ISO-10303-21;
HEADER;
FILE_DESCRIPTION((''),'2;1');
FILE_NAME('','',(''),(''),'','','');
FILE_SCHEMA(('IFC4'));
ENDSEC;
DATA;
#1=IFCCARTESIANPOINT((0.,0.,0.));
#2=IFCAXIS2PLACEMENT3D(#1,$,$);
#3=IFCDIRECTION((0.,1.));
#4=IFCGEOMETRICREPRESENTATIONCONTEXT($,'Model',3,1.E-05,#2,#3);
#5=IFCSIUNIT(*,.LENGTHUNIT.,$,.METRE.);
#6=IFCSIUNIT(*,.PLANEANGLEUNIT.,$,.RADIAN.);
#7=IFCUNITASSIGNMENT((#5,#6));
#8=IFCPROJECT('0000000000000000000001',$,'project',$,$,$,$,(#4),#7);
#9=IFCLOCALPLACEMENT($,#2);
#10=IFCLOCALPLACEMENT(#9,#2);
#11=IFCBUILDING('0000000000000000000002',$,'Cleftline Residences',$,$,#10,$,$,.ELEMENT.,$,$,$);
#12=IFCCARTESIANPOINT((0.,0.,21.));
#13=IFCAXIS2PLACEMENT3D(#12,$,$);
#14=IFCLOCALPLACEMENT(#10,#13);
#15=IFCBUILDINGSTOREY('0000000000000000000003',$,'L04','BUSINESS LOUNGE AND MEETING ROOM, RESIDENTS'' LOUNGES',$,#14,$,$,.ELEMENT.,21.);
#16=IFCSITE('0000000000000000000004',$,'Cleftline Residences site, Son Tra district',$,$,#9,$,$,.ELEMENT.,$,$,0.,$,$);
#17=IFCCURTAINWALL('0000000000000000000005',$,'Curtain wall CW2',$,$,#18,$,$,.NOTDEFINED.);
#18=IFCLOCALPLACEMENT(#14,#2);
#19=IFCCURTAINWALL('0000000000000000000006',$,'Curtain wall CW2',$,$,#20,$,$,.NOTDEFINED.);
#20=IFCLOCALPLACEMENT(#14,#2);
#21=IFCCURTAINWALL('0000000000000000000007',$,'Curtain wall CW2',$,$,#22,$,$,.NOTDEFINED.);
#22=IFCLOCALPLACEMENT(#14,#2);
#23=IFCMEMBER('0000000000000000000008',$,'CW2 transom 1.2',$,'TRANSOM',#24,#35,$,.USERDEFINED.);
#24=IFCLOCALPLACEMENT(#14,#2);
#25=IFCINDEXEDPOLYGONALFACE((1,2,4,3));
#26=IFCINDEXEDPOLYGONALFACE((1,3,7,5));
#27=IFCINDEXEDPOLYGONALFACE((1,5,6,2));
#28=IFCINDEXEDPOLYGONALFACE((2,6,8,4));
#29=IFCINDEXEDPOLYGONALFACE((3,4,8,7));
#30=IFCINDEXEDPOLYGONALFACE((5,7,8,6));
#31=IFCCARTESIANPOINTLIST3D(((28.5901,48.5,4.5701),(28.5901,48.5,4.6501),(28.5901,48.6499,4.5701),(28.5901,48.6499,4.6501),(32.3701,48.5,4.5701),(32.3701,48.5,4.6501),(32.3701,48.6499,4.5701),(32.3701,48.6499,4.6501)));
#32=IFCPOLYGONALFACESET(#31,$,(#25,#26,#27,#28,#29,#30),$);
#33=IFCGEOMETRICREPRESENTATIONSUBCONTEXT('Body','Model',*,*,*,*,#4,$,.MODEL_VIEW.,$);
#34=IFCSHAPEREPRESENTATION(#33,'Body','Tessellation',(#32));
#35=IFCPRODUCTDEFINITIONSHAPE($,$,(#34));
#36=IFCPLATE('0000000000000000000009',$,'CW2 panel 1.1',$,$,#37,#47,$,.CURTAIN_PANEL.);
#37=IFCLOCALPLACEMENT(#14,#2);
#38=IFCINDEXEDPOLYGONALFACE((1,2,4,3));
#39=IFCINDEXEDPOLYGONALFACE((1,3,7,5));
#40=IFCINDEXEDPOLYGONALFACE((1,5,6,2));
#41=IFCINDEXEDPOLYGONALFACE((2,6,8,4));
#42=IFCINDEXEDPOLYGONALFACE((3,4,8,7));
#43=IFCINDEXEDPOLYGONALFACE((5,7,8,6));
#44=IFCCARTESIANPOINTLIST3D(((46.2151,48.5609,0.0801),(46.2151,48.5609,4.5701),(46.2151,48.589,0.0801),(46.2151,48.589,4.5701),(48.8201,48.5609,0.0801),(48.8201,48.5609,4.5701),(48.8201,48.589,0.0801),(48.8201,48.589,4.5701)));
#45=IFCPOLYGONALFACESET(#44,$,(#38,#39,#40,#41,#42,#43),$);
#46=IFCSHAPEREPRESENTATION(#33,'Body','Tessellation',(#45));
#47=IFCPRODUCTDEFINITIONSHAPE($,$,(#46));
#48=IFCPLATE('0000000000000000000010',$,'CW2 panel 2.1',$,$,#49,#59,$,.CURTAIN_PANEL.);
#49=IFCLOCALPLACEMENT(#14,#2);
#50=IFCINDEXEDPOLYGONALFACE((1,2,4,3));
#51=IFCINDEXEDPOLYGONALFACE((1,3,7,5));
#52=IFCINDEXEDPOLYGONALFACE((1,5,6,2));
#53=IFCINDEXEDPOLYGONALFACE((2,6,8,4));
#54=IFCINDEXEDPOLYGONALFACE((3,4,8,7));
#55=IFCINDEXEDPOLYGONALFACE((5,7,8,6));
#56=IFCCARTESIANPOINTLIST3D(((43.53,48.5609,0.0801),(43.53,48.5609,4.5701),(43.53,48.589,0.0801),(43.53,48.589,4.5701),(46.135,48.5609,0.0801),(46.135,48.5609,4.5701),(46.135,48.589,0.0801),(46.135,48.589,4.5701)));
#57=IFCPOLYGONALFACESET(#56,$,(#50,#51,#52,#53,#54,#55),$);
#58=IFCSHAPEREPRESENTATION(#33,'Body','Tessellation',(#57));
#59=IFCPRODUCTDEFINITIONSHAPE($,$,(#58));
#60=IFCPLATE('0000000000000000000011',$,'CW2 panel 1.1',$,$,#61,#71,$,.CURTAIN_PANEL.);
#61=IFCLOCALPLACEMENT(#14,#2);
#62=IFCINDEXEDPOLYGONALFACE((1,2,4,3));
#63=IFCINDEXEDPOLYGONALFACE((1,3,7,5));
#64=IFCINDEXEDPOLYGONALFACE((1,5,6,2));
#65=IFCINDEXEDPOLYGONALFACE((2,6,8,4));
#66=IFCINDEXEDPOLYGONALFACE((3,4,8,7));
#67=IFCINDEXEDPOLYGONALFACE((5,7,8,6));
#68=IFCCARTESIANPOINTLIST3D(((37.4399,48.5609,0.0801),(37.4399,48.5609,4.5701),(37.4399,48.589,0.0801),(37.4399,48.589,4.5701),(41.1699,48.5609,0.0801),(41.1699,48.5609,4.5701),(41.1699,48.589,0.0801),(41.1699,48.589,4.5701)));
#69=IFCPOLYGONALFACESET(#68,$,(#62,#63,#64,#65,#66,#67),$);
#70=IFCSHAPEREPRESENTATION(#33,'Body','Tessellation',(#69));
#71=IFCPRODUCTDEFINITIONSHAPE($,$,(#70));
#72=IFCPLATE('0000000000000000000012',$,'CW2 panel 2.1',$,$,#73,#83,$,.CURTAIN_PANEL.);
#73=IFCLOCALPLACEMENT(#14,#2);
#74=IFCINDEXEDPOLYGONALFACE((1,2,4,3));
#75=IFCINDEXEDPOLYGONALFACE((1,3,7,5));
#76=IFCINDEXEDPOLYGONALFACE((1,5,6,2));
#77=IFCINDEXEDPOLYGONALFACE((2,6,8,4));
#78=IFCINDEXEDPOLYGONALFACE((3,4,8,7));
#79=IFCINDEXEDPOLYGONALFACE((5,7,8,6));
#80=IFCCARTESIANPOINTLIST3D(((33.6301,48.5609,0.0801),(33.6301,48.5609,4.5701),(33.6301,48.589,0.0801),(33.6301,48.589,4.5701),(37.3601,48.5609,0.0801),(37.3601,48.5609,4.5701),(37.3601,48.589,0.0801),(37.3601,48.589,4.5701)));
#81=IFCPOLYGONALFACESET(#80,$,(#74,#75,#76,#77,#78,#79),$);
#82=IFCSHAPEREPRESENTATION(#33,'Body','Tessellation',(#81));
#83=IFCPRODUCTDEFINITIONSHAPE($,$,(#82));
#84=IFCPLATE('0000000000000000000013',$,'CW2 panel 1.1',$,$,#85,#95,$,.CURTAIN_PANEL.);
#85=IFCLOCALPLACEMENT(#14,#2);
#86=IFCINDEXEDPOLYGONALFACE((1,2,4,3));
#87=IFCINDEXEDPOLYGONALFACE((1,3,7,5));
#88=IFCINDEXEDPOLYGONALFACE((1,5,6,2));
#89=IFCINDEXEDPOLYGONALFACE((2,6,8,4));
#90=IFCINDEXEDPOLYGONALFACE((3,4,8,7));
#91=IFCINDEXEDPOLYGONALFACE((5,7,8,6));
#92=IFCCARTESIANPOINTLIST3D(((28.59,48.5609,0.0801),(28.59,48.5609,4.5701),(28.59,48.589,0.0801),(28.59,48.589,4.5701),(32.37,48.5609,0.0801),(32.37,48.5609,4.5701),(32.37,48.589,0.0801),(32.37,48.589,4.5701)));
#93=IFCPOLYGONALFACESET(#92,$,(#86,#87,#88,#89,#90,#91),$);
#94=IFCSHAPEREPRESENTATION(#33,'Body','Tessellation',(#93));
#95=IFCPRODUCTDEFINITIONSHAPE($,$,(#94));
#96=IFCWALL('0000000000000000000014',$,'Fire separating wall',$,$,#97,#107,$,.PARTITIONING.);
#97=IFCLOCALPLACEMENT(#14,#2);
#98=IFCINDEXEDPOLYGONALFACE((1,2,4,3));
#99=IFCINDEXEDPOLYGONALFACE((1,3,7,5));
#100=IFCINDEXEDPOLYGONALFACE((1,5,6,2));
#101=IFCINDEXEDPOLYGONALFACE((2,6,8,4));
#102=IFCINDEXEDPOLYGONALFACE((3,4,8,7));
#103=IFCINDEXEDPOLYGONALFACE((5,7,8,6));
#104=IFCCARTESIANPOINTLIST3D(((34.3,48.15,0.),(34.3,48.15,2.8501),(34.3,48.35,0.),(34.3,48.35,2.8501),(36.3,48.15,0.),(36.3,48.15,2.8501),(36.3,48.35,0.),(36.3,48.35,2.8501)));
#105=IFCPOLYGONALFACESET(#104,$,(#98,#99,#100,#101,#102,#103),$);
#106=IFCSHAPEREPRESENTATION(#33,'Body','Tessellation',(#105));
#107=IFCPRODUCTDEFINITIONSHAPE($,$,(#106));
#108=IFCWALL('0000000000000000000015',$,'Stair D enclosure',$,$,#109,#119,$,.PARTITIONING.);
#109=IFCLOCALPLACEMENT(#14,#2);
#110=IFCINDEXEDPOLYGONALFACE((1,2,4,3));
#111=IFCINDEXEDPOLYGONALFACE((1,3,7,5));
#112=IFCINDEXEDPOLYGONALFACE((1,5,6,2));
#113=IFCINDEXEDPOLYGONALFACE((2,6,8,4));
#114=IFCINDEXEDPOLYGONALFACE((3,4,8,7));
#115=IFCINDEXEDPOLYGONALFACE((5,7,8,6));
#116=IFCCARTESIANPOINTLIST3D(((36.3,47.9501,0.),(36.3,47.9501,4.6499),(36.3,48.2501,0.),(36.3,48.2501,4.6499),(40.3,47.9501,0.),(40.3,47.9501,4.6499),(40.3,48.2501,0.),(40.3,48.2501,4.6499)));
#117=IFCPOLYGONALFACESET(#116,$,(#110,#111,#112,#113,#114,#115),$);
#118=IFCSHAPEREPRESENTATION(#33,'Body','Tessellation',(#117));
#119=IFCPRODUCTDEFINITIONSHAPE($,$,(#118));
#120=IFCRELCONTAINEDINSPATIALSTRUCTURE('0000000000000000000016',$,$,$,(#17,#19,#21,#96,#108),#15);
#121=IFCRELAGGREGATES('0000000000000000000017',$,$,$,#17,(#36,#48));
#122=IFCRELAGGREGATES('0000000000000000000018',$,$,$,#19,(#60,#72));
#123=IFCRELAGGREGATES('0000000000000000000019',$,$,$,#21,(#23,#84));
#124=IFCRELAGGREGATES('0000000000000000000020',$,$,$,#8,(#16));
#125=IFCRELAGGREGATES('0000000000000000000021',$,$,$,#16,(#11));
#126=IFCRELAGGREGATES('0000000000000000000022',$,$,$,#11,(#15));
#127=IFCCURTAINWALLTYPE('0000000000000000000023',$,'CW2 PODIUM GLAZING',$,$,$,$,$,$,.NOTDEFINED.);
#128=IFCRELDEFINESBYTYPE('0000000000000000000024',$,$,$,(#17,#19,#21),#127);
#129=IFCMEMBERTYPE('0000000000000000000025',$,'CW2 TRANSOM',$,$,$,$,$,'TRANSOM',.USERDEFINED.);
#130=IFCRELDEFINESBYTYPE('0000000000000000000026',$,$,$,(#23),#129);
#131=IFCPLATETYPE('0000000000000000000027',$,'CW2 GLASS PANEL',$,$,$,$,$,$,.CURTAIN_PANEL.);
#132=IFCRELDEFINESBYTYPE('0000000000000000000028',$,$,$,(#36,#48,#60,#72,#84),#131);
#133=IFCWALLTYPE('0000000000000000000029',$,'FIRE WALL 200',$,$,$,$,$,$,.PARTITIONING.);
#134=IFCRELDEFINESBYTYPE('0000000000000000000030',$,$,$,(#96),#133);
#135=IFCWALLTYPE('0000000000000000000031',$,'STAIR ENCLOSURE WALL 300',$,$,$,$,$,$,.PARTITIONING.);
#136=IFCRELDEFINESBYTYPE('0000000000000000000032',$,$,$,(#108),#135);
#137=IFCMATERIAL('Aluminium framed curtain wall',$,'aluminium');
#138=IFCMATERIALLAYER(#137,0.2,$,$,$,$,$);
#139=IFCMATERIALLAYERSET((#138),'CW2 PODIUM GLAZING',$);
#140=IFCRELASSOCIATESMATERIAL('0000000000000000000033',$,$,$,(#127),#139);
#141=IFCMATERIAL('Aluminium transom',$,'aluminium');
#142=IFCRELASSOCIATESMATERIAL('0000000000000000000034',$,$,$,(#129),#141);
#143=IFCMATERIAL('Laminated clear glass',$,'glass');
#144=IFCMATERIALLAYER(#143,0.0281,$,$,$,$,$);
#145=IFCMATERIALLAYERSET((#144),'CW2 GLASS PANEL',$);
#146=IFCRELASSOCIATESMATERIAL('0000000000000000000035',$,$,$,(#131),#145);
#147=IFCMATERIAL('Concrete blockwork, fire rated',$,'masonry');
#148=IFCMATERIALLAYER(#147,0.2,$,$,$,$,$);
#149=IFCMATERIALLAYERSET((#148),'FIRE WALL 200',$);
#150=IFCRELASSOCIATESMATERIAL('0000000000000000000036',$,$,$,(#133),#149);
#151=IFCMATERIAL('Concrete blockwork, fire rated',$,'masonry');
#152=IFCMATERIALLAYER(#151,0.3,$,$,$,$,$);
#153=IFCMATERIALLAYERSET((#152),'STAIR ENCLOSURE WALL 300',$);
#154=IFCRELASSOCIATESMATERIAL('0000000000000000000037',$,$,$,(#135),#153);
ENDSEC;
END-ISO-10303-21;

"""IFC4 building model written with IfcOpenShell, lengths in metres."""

from ifc_helpers import new_model, si_unit, direction, frame, frame_2d, origin, origin_2d, place, context, subcontext, project, spatial, rectangle, extrude, material, layer, layer_set, material_profile, profile_set, type_object, element, aggregate, save


model = new_model("IFC4")

# Units and contexts
model_context = context("Model", 3, precision=1e-05, world=origin(), true_north=direction((0.0, 1.0)))
body_context = subcontext(model_context, "Body", "Model", "MODEL_VIEW")
ifc_project = project(units=[si_unit("LENGTHUNIT", "METRE"), si_unit("PLANEANGLEUNIT", "RADIAN")], contexts=[model_context])

# Site, building, storey
site_placement = place(None, origin())
site = spatial("IfcSite", under=ifc_project, at=site_placement, Name="Cleftline Residences site, Son Tra district", CompositionType="ELEMENT", RefElevation=0.0)
building_placement = place(site_placement, origin())
building = spatial("IfcBuilding", under=site, at=building_placement, Name="Cleftline Residences", CompositionType="ELEMENT")
storey_placement = place(building_placement, frame((0.0, 0.0, 21.0)))
storey = spatial("IfcBuildingStorey", under=building, at=storey_placement, Name="L04", Description="BUSINESS LOUNGE AND MEETING ROOM, RESIDENTS' LOUNGES", CompositionType="ELEMENT", Elevation=21.0)

# Curtain walls
ifc_material_1 = material(Name="Aluminium framed curtain wall", Category="aluminium")
ifc_layer_1 = layer(ifc_material_1, 0.2)
ifc_layer_set_1 = layer_set([ifc_layer_1], Name="CW2 PODIUM GLAZING")
curtain_wall_type = type_object("IfcCurtainWallType", Name="CW2 PODIUM GLAZING", PredefinedType="NOTDEFINED", material=ifc_layer_set_1)
curtain_wall_1_placement = place(storey_placement, origin())
curtain_wall_1 = element("IfcCurtainWall", 1, at=curtain_wall_1_placement, inside=storey, type_object=curtain_wall_type, Name="Curtain wall CW2", PredefinedType="NOTDEFINED")
curtain_wall_2_placement = place(storey_placement, origin())
curtain_wall_2 = element("IfcCurtainWall", 2, at=curtain_wall_2_placement, inside=storey, type_object=curtain_wall_type, Name="Curtain wall CW2", PredefinedType="NOTDEFINED")

# Curtain wall
curtain_wall_3_placement = place(storey_placement, origin())
curtain_wall_3 = element("IfcCurtainWall", 3, at=curtain_wall_3_placement, inside=storey, type_object=curtain_wall_type, Name="Curtain wall CW2", PredefinedType="NOTDEFINED")

# Member
ifc_material_2 = material(Name="Aluminium transom", Category="aluminium")
ifc_material_profile_1 = material_profile(ifc_material_2, rectangle(XDim=0.1499, YDim=0.0801, at=origin_2d()))
ifc_profile_set_1 = profile_set([ifc_material_profile_1], Name="Aluminium transom")
member_type_1 = type_object("IfcMemberType", Name="CW2 TRANSOM", ElementType="TRANSOM", PredefinedType="USERDEFINED", material=ifc_profile_set_1)
member_1_placement = place(storey_placement, frame((32.3701, 48.575, 4.6101), z_axis=(-1.0, 0.0, 0.0), x_axis=(0.0, -1.0, 0.0)))
member_1 = element("IfcMember", 4, at=member_1_placement, type_object=member_type_1, Name="CW2 transom 1.2", ObjectType="TRANSOM", PredefinedType="USERDEFINED", context=body_context, shape_type="SweptSolid", body=[
    extrude(rectangle(XDim=0.1499, YDim=0.0801, at=origin_2d()), origin(), (0.0, 0.0, 1.0), 3.78),
])

# Plates
ifc_material_3 = material(Name="Laminated clear glass", Category="glass")
ifc_layer_2 = layer(ifc_material_3, 0.0281)
ifc_layer_set_2 = layer_set([ifc_layer_2], Name="CW2 GLASS PANEL")
plate_type = type_object("IfcPlateType", Name="CW2 GLASS PANEL", PredefinedType="CURTAIN_PANEL", material=ifc_layer_set_2)
plate_1_placement = place(storey_placement, frame((47.5176, 48.575, 0.0801), z_axis=(0.0, 0.0, 1.0), x_axis=(-1.0, 0.0, 0.0)))
plate_1 = element("IfcPlate", 5, at=plate_1_placement, type_object=plate_type, Name="CW2 panel 1.1", PredefinedType="CURTAIN_PANEL", context=body_context, shape_type="SweptSolid", body=[
    extrude(rectangle(XDim=2.605, YDim=0.0281, at=origin_2d()), origin(), (0.0, 0.0, 1.0), 4.49),
])
plate_2_placement = place(storey_placement, frame((44.8325, 48.575, 0.0801), z_axis=(0.0, 0.0, 1.0), x_axis=(-1.0, 0.0, 0.0)))
plate_2 = element("IfcPlate", 6, at=plate_2_placement, type_object=plate_type, Name="CW2 panel 2.1", PredefinedType="CURTAIN_PANEL", context=body_context, shape_type="SweptSolid", body=[
    extrude(rectangle(XDim=2.605, YDim=0.0281, at=origin_2d()), origin(), (0.0, 0.0, 1.0), 4.49),
])
aggregate(curtain_wall_1, [plate_1, plate_2])
plate_3_placement = place(storey_placement, frame((39.3049, 48.575, 0.0801), z_axis=(0.0, 0.0, 1.0), x_axis=(-1.0, 0.0, 0.0)))
plate_3 = element("IfcPlate", 7, at=plate_3_placement, type_object=plate_type, Name="CW2 panel 1.1", PredefinedType="CURTAIN_PANEL", context=body_context, shape_type="SweptSolid", body=[
    extrude(rectangle(XDim=3.73, YDim=0.0281, at=origin_2d()), origin(), (0.0, 0.0, 1.0), 4.49),
])
plate_4_placement = place(storey_placement, frame((35.4951, 48.575, 0.0801), z_axis=(0.0, 0.0, 1.0), x_axis=(-1.0, 0.0, 0.0)))
plate_4 = element("IfcPlate", 8, at=plate_4_placement, type_object=plate_type, Name="CW2 panel 2.1", PredefinedType="CURTAIN_PANEL", context=body_context, shape_type="SweptSolid", body=[
    extrude(rectangle(XDim=3.73, YDim=0.0281, at=origin_2d()), origin(), (0.0, 0.0, 1.0), 4.49),
])
aggregate(curtain_wall_2, [plate_3, plate_4])
plate_5_placement = place(storey_placement, frame((30.48, 48.575, 0.0801), z_axis=(0.0, 0.0, 1.0), x_axis=(-1.0, 0.0, 0.0)))
plate_5 = element("IfcPlate", 9, at=plate_5_placement, type_object=plate_type, Name="CW2 panel 1.1", PredefinedType="CURTAIN_PANEL", context=body_context, shape_type="SweptSolid", body=[
    extrude(rectangle(XDim=3.78, YDim=0.0281, at=origin_2d()), origin(), (0.0, 0.0, 1.0), 4.49),
])
aggregate(curtain_wall_3, [member_1, plate_5])

# Walls
ifc_material_4 = material(Name="Concrete blockwork, fire rated", Category="masonry")
ifc_layer_3 = layer(ifc_material_4, 0.2)
ifc_layer_set_3 = layer_set([ifc_layer_3], Name="FIRE WALL 200")
wall_type_1 = type_object("IfcWallType", Name="FIRE WALL 200", PredefinedType="PARTITIONING", material=ifc_layer_set_3)
wall_1_placement = place(storey_placement, frame((34.3, 48.25, 0.0), z_axis=(0.0, 0.0, 1.0), x_axis=(1.0, 0.0, 0.0)))
element("IfcWall", 10, at=wall_1_placement, inside=storey, type_object=wall_type_1, Name="Fire separating wall", PredefinedType="PARTITIONING", context=body_context, shape_type="SweptSolid", body=[
    extrude(rectangle(XDim=2.0, YDim=0.2, at=frame_2d((1.0, 0.0))), origin(), (0.0, 0.0, 1.0), 2.8501),
])
ifc_material_5 = material(Name="Concrete blockwork, fire rated", Category="masonry")
ifc_layer_4 = layer(ifc_material_5, 0.3)
ifc_layer_set_4 = layer_set([ifc_layer_4], Name="STAIR ENCLOSURE WALL 300")
wall_type_2 = type_object("IfcWallType", Name="STAIR ENCLOSURE WALL 300", PredefinedType="PARTITIONING", material=ifc_layer_set_4)
wall_2_placement = place(storey_placement, frame((36.3, 48.1001, 0.0), z_axis=(0.0, 0.0, 1.0), x_axis=(1.0, 0.0, 0.0)))
element("IfcWall", 11, at=wall_2_placement, inside=storey, type_object=wall_type_2, Name="Stair D enclosure", PredefinedType="PARTITIONING", context=body_context, shape_type="SweptSolid", body=[
    extrude(rectangle(XDim=4.0, YDim=0.3, at=frame_2d((2.0, 0.0))), origin(), (0.0, 0.0, 1.0), 4.6499),
])

save(model, "model.ifc")
